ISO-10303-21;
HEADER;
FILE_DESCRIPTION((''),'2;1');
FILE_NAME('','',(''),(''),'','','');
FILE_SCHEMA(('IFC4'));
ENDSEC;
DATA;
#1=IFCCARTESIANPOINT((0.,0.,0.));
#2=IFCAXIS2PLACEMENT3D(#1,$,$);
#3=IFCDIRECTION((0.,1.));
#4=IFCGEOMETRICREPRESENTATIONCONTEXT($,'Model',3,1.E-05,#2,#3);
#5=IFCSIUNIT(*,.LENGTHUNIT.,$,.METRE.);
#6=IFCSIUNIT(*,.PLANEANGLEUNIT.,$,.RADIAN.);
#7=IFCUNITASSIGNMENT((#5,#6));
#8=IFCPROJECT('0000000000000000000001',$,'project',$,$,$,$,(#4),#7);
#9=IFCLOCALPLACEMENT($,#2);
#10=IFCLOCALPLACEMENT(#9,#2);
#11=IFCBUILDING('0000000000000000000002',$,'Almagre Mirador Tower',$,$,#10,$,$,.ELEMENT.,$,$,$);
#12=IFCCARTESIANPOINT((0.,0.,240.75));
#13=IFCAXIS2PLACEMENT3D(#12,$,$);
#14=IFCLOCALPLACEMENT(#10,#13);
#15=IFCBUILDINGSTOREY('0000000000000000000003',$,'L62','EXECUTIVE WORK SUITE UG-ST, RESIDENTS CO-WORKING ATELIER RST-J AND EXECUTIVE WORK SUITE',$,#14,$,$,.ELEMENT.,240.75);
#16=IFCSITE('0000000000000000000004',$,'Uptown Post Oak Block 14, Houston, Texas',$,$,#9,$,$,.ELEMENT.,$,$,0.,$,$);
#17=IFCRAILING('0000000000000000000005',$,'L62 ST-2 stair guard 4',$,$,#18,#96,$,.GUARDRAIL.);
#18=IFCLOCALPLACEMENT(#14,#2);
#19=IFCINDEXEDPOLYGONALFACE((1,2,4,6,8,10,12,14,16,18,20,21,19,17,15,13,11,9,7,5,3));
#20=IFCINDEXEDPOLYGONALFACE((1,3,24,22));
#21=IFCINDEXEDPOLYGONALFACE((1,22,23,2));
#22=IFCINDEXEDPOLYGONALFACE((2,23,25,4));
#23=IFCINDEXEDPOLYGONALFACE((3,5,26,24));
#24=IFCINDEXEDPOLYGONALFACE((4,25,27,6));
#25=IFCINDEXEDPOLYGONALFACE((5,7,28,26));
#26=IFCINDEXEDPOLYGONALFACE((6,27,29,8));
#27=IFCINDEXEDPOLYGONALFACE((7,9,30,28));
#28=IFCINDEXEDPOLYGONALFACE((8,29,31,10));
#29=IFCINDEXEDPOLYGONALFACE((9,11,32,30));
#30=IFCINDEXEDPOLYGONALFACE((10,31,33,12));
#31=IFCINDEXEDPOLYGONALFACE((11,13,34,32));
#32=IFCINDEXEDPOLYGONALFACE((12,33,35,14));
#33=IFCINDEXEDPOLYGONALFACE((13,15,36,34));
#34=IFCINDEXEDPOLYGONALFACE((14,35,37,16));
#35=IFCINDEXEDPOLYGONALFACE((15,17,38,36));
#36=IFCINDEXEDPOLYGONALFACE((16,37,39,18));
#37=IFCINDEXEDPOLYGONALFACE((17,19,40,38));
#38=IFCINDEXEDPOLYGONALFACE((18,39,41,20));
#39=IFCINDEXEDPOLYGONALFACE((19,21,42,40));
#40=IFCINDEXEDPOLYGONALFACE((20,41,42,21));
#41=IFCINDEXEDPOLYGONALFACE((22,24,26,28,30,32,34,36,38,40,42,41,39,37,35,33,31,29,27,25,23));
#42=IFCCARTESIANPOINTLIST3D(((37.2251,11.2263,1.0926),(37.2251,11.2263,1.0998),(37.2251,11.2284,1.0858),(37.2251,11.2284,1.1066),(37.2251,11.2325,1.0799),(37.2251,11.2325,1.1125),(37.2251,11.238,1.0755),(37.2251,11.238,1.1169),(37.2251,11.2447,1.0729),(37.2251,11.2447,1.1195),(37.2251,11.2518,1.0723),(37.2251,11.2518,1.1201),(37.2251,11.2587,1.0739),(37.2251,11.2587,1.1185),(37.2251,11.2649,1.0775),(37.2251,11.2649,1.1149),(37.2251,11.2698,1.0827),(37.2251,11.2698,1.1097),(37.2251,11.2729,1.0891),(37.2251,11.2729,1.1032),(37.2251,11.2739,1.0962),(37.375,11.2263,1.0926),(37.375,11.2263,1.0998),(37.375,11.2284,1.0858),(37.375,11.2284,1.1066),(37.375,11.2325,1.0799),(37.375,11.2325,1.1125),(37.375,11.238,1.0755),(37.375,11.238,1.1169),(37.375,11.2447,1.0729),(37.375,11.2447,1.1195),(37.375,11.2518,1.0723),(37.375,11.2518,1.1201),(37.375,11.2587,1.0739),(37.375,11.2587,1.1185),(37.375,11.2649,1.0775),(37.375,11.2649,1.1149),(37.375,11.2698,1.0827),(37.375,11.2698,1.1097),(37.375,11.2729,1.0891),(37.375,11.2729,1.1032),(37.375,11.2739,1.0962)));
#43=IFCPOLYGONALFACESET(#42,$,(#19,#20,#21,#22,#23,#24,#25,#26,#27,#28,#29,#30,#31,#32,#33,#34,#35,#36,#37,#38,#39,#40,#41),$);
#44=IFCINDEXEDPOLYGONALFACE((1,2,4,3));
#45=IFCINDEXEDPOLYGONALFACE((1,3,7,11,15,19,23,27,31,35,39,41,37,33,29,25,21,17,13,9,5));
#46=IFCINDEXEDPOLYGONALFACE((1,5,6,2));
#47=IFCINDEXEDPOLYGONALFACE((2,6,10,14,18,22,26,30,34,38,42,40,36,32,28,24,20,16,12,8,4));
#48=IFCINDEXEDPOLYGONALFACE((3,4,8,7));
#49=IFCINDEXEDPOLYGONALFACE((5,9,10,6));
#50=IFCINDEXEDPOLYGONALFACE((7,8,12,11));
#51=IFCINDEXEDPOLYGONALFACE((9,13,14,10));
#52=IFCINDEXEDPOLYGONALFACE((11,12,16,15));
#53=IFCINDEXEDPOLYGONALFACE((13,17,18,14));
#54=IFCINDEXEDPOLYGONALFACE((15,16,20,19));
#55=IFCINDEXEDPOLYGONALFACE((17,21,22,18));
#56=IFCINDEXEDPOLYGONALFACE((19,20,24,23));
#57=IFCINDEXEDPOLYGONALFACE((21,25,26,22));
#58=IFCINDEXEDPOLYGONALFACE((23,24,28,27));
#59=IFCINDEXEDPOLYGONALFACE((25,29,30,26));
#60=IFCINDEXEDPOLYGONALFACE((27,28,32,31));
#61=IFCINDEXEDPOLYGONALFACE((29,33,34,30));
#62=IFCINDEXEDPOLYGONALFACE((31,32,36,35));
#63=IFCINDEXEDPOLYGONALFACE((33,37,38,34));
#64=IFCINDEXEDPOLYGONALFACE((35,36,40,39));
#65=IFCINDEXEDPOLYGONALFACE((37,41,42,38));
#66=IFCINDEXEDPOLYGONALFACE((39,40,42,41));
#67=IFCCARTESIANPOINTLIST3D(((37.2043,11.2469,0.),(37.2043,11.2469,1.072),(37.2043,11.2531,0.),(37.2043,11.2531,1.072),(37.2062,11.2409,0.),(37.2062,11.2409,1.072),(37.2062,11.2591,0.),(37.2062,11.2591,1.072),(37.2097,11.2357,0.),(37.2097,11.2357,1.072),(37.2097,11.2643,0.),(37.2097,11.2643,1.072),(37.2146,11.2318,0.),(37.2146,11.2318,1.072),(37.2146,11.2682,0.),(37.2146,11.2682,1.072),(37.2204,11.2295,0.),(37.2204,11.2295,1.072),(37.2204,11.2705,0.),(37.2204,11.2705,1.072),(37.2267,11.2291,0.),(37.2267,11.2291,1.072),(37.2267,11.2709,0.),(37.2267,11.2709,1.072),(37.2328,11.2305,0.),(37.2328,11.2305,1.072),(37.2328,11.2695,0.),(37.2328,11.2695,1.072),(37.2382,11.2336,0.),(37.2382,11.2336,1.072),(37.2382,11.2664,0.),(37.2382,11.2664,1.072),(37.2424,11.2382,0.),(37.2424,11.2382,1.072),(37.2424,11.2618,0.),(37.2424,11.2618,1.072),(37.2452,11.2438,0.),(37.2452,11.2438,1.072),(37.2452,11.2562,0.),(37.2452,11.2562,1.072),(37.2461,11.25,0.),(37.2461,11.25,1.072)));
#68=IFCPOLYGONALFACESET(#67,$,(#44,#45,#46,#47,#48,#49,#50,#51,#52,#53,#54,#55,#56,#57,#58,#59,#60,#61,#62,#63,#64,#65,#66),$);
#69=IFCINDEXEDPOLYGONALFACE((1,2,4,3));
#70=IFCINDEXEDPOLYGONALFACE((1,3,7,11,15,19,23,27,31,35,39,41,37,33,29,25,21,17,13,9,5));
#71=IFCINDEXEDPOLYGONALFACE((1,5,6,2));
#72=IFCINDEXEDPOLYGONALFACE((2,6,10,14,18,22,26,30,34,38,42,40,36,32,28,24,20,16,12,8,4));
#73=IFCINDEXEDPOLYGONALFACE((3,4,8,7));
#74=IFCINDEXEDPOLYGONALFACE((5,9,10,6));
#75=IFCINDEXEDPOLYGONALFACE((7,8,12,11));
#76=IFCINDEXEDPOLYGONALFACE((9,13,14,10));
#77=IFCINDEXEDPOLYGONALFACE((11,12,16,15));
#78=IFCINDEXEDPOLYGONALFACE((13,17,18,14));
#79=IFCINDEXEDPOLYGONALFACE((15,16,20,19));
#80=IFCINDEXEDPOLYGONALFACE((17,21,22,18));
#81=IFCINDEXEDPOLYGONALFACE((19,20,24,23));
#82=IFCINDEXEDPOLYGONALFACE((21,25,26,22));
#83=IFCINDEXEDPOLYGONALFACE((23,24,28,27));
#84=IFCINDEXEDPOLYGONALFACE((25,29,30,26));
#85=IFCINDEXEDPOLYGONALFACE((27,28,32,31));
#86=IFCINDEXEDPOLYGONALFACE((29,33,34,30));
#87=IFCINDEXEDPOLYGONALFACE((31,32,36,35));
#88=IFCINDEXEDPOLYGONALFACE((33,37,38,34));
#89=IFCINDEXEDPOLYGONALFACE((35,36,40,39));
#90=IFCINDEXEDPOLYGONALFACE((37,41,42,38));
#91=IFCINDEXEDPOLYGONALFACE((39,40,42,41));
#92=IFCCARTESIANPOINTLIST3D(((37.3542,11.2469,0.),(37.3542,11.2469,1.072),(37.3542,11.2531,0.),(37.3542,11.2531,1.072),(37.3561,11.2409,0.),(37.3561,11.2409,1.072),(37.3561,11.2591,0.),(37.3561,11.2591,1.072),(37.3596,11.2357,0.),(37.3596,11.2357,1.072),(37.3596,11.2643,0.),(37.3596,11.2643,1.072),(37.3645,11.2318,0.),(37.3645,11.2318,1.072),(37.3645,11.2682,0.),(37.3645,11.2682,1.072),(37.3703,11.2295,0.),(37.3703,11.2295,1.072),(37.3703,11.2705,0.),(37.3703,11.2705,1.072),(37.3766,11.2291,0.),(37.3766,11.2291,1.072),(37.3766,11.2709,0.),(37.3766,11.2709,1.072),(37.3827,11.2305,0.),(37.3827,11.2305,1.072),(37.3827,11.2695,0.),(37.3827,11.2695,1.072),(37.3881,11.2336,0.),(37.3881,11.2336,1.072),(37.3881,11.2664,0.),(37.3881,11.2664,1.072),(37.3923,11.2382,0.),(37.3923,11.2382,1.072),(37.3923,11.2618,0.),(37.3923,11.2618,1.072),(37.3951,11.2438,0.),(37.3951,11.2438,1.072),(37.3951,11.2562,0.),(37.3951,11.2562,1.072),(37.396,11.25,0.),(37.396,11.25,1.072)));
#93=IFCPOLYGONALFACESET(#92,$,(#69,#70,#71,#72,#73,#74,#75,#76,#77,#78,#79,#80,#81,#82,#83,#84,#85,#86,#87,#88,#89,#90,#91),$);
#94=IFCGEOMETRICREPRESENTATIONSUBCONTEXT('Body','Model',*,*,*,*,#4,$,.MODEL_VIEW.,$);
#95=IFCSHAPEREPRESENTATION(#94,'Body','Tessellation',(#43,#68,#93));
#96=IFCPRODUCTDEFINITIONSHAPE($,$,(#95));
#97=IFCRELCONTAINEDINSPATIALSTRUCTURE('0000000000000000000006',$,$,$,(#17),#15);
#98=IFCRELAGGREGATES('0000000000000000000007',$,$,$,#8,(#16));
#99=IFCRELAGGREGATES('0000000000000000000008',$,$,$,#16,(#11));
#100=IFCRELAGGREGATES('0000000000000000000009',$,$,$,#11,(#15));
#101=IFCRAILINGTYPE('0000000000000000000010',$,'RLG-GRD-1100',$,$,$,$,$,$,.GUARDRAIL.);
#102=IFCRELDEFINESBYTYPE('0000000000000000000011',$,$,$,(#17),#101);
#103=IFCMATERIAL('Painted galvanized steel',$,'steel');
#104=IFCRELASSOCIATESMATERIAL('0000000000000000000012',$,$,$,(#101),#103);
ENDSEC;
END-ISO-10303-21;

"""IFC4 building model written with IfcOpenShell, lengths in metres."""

from ifc_helpers import new_model, si_unit, direction, frame, origin, origin_2d, place, context, subcontext, project, spatial, circle, extrude, material, type_object, element, save


model = new_model("IFC4")

# Units and contexts
model_context = context("Model", 3, precision=1e-05, world=origin(), true_north=direction((0.0, 1.0)))
body_context = subcontext(model_context, "Body", "Model", "MODEL_VIEW")
ifc_project = project(units=[si_unit("LENGTHUNIT", "METRE"), si_unit("PLANEANGLEUNIT", "RADIAN")], contexts=[model_context])

# Site, building, storey
site_placement = place(None, origin())
site = spatial("IfcSite", under=ifc_project, at=site_placement, Name="Uptown Post Oak Block 14, Houston, Texas", CompositionType="ELEMENT", RefElevation=0.0)
building_placement = place(site_placement, origin())
building = spatial("IfcBuilding", under=site, at=building_placement, Name="Almagre Mirador Tower", CompositionType="ELEMENT")
storey_placement = place(building_placement, frame((0.0, 0.0, 240.75)))
storey = spatial("IfcBuildingStorey", under=building, at=storey_placement, Name="L62", Description="EXECUTIVE WORK SUITE UG-ST, RESIDENTS CO-WORKING ATELIER RST-J AND EXECUTIVE WORK SUITE", CompositionType="ELEMENT", Elevation=240.75)

# Railing
ifc_material_1 = material(Name="Painted galvanized steel", Category="steel")
railing_type_1 = type_object("IfcRailingType", Name="RLG-GRD-1100", PredefinedType="GUARDRAIL", material=ifc_material_1)
railing_1_placement = place(storey_placement, frame((37.2251, 11.25, 0.0)))
element("IfcRailing", 1, at=railing_1_placement, inside=storey, type_object=railing_type_1, Name="L62 ST-2 stair guard 4", PredefinedType="GUARDRAIL", context=body_context, shape_type="SweptSolid", body=[
    extrude(circle(Radius=0.0239, at=origin_2d()), frame((0.0, 0.0, 1.0962), z_axis=(1.0, 0.0, 0.0), x_axis=(0.0, 1.0, 0.0)), (0.0, 0.0, 1.0), 0.1499),
    extrude(circle(Radius=0.021, at=origin_2d()), origin(), (0.0, 0.0, 1.0), 1.072),
    extrude(circle(Radius=0.021, at=origin_2d()), frame((0.1499, 0.0, 0.0)), (0.0, 0.0, 1.0), 1.072),
])

save(model, "model.ifc")
